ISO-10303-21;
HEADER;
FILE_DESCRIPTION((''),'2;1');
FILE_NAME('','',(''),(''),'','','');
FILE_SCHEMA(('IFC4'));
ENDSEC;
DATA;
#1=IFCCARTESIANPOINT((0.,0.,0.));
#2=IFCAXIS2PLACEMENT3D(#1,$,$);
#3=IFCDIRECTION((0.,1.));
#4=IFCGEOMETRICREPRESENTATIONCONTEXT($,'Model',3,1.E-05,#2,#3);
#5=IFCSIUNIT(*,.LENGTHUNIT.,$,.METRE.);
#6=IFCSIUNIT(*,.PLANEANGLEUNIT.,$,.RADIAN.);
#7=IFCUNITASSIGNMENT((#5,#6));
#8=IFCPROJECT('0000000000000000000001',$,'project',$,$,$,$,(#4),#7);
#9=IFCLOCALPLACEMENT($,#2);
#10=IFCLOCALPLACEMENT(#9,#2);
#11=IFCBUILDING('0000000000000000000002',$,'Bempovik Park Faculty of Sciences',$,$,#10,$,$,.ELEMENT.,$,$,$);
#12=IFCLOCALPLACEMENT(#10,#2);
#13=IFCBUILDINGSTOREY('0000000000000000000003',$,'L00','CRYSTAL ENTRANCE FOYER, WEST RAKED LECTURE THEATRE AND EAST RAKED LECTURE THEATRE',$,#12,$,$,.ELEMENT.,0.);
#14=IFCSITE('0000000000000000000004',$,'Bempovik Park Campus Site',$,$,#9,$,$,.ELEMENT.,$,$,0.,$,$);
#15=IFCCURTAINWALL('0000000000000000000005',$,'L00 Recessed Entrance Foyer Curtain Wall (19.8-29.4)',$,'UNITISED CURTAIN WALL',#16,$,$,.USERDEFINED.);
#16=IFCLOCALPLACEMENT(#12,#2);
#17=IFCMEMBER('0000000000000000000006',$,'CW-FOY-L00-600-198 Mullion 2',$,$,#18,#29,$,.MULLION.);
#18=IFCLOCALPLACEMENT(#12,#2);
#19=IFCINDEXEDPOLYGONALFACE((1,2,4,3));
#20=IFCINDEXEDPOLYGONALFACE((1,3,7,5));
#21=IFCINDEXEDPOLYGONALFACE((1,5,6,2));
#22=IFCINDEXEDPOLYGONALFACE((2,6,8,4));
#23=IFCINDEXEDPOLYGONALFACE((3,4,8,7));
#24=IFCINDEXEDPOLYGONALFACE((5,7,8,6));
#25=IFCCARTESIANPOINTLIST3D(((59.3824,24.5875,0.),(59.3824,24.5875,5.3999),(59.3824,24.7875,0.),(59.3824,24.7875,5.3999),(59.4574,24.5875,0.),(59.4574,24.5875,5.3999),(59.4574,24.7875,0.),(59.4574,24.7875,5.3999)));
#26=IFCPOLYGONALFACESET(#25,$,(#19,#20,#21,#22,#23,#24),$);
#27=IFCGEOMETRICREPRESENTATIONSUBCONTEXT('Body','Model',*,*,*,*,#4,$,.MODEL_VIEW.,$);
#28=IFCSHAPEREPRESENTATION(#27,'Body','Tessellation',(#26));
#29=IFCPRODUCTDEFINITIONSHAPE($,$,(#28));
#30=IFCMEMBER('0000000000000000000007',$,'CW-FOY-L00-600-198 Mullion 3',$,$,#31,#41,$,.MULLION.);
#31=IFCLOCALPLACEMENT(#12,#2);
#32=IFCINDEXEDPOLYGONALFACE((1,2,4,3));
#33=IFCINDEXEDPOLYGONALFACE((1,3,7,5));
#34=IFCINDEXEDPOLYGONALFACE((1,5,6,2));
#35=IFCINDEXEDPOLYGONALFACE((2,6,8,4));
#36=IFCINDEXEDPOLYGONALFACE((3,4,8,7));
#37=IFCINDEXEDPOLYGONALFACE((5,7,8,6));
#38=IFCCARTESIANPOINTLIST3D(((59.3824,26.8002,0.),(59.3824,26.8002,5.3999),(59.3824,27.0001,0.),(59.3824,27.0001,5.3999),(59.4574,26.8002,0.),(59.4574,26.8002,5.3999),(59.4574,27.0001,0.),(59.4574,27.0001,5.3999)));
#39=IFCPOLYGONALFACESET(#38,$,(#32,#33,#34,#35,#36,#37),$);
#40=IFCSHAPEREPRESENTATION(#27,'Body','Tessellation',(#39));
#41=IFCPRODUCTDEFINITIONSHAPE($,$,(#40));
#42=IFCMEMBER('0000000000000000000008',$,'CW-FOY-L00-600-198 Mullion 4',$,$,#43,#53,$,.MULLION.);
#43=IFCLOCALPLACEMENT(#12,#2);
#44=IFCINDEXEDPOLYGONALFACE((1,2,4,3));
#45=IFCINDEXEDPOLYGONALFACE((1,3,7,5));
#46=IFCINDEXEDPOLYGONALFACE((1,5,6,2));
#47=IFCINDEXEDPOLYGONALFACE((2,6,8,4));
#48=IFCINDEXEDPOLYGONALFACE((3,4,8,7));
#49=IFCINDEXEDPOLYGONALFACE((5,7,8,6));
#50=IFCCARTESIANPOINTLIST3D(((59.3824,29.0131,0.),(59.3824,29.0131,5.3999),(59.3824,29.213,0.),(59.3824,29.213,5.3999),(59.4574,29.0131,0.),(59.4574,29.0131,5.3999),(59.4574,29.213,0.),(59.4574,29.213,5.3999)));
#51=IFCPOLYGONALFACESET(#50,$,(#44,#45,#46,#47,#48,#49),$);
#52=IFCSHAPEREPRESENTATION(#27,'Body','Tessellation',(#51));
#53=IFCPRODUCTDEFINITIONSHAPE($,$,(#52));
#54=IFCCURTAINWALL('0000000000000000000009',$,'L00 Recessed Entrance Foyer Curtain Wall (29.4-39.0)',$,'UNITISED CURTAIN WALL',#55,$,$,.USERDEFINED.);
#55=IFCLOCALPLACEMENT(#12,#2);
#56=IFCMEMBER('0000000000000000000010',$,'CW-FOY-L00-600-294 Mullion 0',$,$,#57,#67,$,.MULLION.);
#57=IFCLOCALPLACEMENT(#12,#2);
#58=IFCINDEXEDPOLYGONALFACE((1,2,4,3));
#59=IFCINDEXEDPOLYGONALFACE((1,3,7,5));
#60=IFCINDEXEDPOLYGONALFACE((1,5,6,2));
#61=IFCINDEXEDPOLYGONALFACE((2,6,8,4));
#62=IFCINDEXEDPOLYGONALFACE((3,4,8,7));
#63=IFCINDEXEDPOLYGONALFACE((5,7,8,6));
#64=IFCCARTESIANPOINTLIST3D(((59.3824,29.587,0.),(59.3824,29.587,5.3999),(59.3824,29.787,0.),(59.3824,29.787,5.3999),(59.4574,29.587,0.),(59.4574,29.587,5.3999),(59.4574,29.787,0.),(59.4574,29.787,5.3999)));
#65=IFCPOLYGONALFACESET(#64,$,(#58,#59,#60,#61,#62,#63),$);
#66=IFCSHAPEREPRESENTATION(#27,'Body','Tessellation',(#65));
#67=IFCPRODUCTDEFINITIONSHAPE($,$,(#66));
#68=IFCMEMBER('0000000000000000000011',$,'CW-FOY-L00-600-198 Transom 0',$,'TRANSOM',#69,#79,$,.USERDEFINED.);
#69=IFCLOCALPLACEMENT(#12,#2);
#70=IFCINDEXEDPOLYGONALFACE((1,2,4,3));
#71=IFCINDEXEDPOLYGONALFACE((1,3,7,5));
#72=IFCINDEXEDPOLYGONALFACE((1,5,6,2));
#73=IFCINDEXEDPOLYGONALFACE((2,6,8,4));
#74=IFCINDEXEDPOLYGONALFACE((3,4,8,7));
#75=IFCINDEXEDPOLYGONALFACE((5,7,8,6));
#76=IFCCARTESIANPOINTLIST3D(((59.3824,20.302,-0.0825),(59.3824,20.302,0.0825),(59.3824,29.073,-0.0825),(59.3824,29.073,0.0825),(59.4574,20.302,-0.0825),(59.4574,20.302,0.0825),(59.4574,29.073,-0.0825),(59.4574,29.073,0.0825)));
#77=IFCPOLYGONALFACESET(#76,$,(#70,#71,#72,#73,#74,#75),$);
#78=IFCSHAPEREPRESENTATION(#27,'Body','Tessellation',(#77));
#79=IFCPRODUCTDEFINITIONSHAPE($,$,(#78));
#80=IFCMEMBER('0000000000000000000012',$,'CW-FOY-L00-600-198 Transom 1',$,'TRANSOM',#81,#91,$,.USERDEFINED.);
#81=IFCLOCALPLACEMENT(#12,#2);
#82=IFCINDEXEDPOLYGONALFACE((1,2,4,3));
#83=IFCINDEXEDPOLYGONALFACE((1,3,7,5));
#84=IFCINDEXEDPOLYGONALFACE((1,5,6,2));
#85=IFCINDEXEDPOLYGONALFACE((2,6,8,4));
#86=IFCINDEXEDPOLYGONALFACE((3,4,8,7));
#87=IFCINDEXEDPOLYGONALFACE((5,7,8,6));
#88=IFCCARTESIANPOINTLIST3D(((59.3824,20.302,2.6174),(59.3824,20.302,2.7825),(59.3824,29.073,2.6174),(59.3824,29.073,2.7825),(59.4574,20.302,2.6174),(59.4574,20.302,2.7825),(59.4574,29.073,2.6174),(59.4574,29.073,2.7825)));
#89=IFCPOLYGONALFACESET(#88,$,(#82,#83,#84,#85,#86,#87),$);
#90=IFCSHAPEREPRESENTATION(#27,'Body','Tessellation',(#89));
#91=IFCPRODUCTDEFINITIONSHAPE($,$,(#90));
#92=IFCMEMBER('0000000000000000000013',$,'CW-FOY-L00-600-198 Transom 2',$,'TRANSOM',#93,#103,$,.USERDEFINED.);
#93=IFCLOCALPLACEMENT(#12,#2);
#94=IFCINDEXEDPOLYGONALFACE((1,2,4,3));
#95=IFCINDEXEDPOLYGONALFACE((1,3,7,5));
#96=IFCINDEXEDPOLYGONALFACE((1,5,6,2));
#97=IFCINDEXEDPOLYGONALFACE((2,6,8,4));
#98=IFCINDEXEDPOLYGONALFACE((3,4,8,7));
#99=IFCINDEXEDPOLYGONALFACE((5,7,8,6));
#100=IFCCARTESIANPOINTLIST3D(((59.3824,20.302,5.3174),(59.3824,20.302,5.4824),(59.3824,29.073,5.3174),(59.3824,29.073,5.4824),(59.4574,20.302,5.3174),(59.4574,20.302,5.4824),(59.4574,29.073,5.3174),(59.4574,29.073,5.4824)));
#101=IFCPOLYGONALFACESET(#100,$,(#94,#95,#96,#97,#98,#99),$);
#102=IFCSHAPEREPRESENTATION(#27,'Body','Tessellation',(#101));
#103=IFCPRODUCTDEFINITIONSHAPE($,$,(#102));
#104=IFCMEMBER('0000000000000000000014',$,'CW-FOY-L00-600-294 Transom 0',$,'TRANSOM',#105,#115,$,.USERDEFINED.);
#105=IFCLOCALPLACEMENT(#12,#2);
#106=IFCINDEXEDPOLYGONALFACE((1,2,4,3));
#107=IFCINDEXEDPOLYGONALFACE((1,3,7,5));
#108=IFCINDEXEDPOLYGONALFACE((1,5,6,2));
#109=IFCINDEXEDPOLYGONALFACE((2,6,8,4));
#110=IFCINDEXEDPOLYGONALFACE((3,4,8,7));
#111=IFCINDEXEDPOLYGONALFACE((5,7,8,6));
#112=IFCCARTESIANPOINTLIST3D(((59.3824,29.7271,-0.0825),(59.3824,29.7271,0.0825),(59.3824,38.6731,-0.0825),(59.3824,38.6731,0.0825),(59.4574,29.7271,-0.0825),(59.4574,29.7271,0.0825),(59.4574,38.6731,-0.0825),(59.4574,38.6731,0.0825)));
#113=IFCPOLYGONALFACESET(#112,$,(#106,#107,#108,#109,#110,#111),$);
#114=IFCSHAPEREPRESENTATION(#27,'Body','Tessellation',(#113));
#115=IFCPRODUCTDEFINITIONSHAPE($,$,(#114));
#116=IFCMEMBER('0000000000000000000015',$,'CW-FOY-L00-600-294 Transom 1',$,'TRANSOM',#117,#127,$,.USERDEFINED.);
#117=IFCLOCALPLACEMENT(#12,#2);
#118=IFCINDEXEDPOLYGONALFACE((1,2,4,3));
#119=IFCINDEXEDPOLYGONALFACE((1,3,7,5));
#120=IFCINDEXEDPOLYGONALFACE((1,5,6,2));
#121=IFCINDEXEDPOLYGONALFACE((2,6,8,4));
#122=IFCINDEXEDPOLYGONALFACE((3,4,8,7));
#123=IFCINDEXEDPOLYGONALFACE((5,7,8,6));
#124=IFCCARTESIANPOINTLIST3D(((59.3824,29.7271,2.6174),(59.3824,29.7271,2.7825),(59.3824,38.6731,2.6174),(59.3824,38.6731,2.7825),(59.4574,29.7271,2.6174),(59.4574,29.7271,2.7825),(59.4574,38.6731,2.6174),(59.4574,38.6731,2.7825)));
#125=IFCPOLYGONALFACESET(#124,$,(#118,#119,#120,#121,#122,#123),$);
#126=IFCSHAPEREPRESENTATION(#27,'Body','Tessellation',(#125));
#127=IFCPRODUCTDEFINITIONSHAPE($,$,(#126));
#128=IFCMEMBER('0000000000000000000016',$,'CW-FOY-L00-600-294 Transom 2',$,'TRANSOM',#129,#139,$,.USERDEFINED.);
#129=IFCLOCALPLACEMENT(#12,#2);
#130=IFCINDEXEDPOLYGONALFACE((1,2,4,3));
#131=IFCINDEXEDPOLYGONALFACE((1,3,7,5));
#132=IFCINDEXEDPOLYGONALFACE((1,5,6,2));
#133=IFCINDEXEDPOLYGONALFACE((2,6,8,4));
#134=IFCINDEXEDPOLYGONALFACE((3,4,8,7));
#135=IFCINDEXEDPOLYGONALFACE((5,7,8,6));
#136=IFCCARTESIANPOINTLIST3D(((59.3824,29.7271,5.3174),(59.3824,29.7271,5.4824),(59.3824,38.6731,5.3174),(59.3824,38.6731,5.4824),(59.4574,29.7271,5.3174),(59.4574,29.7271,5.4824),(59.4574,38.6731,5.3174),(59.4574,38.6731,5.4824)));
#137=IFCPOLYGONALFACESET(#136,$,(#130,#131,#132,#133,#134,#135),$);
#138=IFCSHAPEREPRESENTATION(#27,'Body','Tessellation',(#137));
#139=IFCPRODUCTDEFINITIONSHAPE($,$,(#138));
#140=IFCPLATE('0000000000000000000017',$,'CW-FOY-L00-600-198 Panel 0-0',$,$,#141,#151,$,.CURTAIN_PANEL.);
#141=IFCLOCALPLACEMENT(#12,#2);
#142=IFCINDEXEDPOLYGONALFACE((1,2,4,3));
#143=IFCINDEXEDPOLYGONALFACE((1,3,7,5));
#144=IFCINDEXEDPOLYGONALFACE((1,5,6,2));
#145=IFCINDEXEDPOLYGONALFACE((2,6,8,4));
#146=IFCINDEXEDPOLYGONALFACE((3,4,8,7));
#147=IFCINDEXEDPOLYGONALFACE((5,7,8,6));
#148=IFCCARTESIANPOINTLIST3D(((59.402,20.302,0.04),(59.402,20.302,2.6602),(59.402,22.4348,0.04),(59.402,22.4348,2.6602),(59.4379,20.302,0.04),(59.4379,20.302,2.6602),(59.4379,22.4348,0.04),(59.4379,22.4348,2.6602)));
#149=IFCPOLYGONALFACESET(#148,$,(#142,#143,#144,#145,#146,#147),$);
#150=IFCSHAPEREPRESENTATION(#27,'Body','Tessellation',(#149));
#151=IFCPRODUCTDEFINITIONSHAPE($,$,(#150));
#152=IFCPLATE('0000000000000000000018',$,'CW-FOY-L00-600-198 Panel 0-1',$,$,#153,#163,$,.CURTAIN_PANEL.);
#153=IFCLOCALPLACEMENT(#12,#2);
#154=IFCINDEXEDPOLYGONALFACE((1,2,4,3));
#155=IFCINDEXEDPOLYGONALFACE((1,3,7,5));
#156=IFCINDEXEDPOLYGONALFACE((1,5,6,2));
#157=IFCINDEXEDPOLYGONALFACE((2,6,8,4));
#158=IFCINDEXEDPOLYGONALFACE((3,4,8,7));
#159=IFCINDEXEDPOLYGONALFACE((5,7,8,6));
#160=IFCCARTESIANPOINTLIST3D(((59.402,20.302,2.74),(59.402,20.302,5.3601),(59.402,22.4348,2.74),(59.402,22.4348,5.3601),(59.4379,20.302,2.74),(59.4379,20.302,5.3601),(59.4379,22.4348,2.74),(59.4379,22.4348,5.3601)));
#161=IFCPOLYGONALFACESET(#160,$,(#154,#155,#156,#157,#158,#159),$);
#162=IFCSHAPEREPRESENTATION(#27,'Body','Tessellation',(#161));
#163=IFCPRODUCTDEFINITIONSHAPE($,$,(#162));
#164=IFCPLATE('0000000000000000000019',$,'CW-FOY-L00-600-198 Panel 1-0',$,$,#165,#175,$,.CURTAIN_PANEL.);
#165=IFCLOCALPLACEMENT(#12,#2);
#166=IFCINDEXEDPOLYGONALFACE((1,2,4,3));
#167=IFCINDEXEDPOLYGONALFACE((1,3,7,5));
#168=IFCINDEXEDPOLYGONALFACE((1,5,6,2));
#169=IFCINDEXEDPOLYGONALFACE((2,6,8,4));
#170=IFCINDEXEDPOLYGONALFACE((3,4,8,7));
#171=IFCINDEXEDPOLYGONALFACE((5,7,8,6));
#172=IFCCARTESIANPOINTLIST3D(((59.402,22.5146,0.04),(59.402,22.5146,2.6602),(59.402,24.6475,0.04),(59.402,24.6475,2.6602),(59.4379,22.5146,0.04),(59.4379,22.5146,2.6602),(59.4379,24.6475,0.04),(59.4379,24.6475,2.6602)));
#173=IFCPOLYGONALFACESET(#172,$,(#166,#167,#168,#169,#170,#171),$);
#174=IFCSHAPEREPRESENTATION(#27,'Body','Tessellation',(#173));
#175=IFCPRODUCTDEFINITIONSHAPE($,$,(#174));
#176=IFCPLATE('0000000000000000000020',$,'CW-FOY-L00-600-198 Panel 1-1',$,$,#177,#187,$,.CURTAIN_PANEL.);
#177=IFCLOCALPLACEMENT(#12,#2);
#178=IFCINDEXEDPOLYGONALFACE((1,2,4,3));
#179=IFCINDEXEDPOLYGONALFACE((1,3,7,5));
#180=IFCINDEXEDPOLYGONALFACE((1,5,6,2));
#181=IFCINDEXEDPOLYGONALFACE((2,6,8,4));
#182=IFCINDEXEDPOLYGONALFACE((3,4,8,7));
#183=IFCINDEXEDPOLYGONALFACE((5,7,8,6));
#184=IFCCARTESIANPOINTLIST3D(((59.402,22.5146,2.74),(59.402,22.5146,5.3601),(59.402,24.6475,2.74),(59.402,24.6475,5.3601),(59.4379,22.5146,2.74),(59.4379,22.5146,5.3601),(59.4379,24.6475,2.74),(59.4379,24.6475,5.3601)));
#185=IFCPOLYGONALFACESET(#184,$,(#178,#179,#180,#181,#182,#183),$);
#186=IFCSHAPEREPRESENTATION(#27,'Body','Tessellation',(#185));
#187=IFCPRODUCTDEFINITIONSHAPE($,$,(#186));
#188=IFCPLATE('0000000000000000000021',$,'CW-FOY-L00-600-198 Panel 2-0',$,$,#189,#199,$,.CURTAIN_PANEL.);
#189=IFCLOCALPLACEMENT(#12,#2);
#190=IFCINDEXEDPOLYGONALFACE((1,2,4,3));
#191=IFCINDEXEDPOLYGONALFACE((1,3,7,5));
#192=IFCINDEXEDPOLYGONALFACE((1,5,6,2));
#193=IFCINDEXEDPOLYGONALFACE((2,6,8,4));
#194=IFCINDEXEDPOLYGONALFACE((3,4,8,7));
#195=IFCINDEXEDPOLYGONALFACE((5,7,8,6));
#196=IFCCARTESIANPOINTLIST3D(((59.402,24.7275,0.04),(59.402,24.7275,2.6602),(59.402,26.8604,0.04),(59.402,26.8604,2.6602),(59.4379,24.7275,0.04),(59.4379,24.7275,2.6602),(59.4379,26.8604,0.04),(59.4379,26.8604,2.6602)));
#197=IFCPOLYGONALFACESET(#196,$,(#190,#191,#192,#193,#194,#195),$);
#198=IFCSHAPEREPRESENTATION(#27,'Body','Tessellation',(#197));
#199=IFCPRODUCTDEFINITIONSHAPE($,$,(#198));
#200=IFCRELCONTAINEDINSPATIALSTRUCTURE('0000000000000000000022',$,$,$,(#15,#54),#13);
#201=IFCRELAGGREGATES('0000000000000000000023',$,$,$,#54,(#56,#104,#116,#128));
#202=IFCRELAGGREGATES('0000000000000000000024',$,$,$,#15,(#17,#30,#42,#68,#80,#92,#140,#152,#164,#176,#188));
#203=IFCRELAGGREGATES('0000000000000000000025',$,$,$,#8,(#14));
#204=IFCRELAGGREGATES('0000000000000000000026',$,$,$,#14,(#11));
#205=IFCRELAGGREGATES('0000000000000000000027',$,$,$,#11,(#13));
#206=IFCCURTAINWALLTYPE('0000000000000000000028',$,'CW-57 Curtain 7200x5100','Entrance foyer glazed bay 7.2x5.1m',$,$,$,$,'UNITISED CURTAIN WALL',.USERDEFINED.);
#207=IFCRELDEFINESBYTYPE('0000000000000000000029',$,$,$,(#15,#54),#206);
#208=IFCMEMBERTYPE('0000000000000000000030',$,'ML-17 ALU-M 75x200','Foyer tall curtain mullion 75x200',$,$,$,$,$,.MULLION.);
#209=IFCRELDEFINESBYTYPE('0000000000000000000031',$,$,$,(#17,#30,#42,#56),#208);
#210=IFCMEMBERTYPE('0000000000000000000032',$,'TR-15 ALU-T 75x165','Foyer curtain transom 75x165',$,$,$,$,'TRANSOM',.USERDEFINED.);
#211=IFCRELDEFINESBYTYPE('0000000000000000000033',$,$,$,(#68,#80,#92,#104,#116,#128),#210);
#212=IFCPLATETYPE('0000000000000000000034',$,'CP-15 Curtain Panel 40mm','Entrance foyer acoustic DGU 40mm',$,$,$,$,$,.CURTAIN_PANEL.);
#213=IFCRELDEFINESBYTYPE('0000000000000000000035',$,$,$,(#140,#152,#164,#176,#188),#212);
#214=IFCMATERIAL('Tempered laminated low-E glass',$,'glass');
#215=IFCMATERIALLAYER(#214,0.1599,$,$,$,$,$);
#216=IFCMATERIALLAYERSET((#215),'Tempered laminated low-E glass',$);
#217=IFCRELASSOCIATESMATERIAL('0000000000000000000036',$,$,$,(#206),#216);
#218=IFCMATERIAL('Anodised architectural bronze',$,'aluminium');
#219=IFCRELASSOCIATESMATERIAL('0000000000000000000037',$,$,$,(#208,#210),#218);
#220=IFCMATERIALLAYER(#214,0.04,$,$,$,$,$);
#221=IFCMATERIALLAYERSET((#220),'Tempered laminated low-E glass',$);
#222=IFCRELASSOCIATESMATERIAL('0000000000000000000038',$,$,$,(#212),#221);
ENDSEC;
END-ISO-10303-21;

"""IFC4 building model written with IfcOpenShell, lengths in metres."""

from ifc_helpers import new_model, si_unit, direction, frame, origin, origin_2d, place, context, subcontext, project, spatial, rectangle, extrude, material, layer, layer_set, material_profile, profile_set, type_object, element, aggregate, save


model = new_model("IFC4")

# Units and contexts
model_context = context("Model", 3, precision=1e-05, world=origin(), true_north=direction((0.0, 1.0)))
body_context = subcontext(model_context, "Body", "Model", "MODEL_VIEW")
ifc_project = project(units=[si_unit("LENGTHUNIT", "METRE"), si_unit("PLANEANGLEUNIT", "RADIAN")], contexts=[model_context])

# Site, building, storey
site_placement = place(None, origin())
site = spatial("IfcSite", under=ifc_project, at=site_placement, Name="Bempovik Park Campus Site", CompositionType="ELEMENT", RefElevation=0.0)
building_placement = place(site_placement, origin())
building = spatial("IfcBuilding", under=site, at=building_placement, Name="Bempovik Park Faculty of Sciences", CompositionType="ELEMENT")
storey_placement = place(building_placement, origin())
storey = spatial("IfcBuildingStorey", under=building, at=storey_placement, Name="L00", Description="CRYSTAL ENTRANCE FOYER, WEST RAKED LECTURE THEATRE AND EAST RAKED LECTURE THEATRE", CompositionType="ELEMENT", Elevation=0.0)

# Curtain wall, members
ifc_material_1 = material(Name="Tempered laminated low-E glass", Category="glass")
ifc_layer_1 = layer(ifc_material_1, 0.1599)
ifc_layer_set_1 = layer_set([ifc_layer_1], Name="Tempered laminated low-E glass")
curtain_wall_type = type_object("IfcCurtainWallType", Name="CW-57 Curtain 7200x5100", Description="Entrance foyer glazed bay 7.2x5.1m", ElementType="UNITISED CURTAIN WALL", PredefinedType="USERDEFINED", material=ifc_layer_set_1)
curtain_wall_1_placement = place(storey_placement, origin())
curtain_wall_1 = element("IfcCurtainWall", 1, at=curtain_wall_1_placement, inside=storey, type_object=curtain_wall_type, Name="L00 Recessed Entrance Foyer Curtain Wall (19.8-29.4)", ObjectType="UNITISED CURTAIN WALL", PredefinedType="USERDEFINED")
ifc_material_2 = material(Name="Anodised architectural bronze", Category="aluminium")
ifc_material_profile_1 = material_profile(ifc_material_2, rectangle(XDim=0.075, YDim=0.2, at=origin_2d()), Name="ALU-M 75x200")
ifc_profile_set_1 = profile_set([ifc_material_profile_1], Name="Anodised architectural bronze")
member_type_1 = type_object("IfcMemberType", Name="ML-17 ALU-M 75x200", Description="Foyer tall curtain mullion 75x200", PredefinedType="MULLION", material=ifc_profile_set_1)
member_1_placement = place(storey_placement, frame((59.4199, 24.6875, 0.0), z_axis=(0.0, 0.0, 1.0), x_axis=(1.0, 0.0, 0.0)))
member_1 = element("IfcMember", 2, at=member_1_placement, type_object=member_type_1, Name="CW-FOY-L00-600-198 Mullion 2", PredefinedType="MULLION", context=body_context, shape_type="SweptSolid", body=[
    extrude(rectangle(XDim=0.075, YDim=0.2, at=origin_2d()), origin(), (0.0, 0.0, 1.0), 5.3999),
])
member_2_placement = place(storey_placement, frame((59.4199, 26.9001, 0.0), z_axis=(0.0, 0.0, 1.0), x_axis=(1.0, 0.0, 0.0)))
member_2 = element("IfcMember", 3, at=member_2_placement, type_object=member_type_1, Name="CW-FOY-L00-600-198 Mullion 3", PredefinedType="MULLION", context=body_context, shape_type="SweptSolid", body=[
    extrude(rectangle(XDim=0.075, YDim=0.2, at=origin_2d()), origin(), (0.0, 0.0, 1.0), 5.3999),
])
member_3_placement = place(storey_placement, frame((59.4199, 29.113, 0.0), z_axis=(0.0, 0.0, 1.0), x_axis=(1.0, 0.0, 0.0)))
member_3 = element("IfcMember", 4, at=member_3_placement, type_object=member_type_1, Name="CW-FOY-L00-600-198 Mullion 4", PredefinedType="MULLION", context=body_context, shape_type="SweptSolid", body=[
    extrude(rectangle(XDim=0.075, YDim=0.2, at=origin_2d()), origin(), (0.0, 0.0, 1.0), 5.3999),
])

# Curtain wall, member
curtain_wall_2_placement = place(storey_placement, origin())
curtain_wall_2 = element("IfcCurtainWall", 5, at=curtain_wall_2_placement, inside=storey, type_object=curtain_wall_type, Name="L00 Recessed Entrance Foyer Curtain Wall (29.4-39.0)", ObjectType="UNITISED CURTAIN WALL", PredefinedType="USERDEFINED")
member_4_placement = place(storey_placement, frame((59.4199, 29.687, 0.0), z_axis=(0.0, 0.0, 1.0), x_axis=(1.0, 0.0, 0.0)))
member_4 = element("IfcMember", 6, at=member_4_placement, type_object=member_type_1, Name="CW-FOY-L00-600-294 Mullion 0", PredefinedType="MULLION", context=body_context, shape_type="SweptSolid", body=[
    extrude(rectangle(XDim=0.075, YDim=0.2, at=origin_2d()), origin(), (0.0, 0.0, 1.0), 5.3999),
])

# Members
ifc_material_profile_2 = material_profile(ifc_material_2, rectangle(XDim=0.075, YDim=0.165, at=origin_2d()), Name="ALU-T 75x165")
ifc_profile_set_2 = profile_set([ifc_material_profile_2], Name="Anodised architectural bronze")
member_type_2 = type_object("IfcMemberType", Name="TR-15 ALU-T 75x165", Description="Foyer curtain transom 75x165", ElementType="TRANSOM", PredefinedType="USERDEFINED", material=ifc_profile_set_2)
member_5_placement = place(storey_placement, frame((59.4199, 20.302, 0.0), z_axis=(0.0, 1.0, 0.0), x_axis=(-1.0, 0.0, 0.0)))
member_5 = element("IfcMember", 7, at=member_5_placement, type_object=member_type_2, Name="CW-FOY-L00-600-198 Transom 0", ObjectType="TRANSOM", PredefinedType="USERDEFINED", context=body_context, shape_type="SweptSolid", body=[
    extrude(rectangle(XDim=0.075, YDim=0.165, at=origin_2d()), origin(), (0.0, 0.0, 1.0), 8.771),
])
member_6_placement = place(storey_placement, frame((59.4199, 20.302, 2.7), z_axis=(0.0, 1.0, 0.0), x_axis=(-1.0, 0.0, 0.0)))
member_6 = element("IfcMember", 8, at=member_6_placement, type_object=member_type_2, Name="CW-FOY-L00-600-198 Transom 1", ObjectType="TRANSOM", PredefinedType="USERDEFINED", context=body_context, shape_type="SweptSolid", body=[
    extrude(rectangle(XDim=0.075, YDim=0.165, at=origin_2d()), origin(), (0.0, 0.0, 1.0), 8.771),
])
member_7_placement = place(storey_placement, frame((59.4199, 20.302, 5.3999), z_axis=(0.0, 1.0, 0.0), x_axis=(-1.0, 0.0, 0.0)))
member_7 = element("IfcMember", 9, at=member_7_placement, type_object=member_type_2, Name="CW-FOY-L00-600-198 Transom 2", ObjectType="TRANSOM", PredefinedType="USERDEFINED", context=body_context, shape_type="SweptSolid", body=[
    extrude(rectangle(XDim=0.075, YDim=0.165, at=origin_2d()), origin(), (0.0, 0.0, 1.0), 8.771),
])
member_8_placement = place(storey_placement, frame((59.4199, 29.7271, 0.0), z_axis=(0.0, 1.0, 0.0), x_axis=(-1.0, 0.0, 0.0)))
member_8 = element("IfcMember", 10, at=member_8_placement, type_object=member_type_2, Name="CW-FOY-L00-600-294 Transom 0", ObjectType="TRANSOM", PredefinedType="USERDEFINED", context=body_context, shape_type="SweptSolid", body=[
    extrude(rectangle(XDim=0.075, YDim=0.165, at=origin_2d()), origin(), (0.0, 0.0, 1.0), 8.946),
])
member_9_placement = place(storey_placement, frame((59.4199, 29.7271, 2.7), z_axis=(0.0, 1.0, 0.0), x_axis=(-1.0, 0.0, 0.0)))
member_9 = element("IfcMember", 11, at=member_9_placement, type_object=member_type_2, Name="CW-FOY-L00-600-294 Transom 1", ObjectType="TRANSOM", PredefinedType="USERDEFINED", context=body_context, shape_type="SweptSolid", body=[
    extrude(rectangle(XDim=0.075, YDim=0.165, at=origin_2d()), origin(), (0.0, 0.0, 1.0), 8.946),
])
member_10_placement = place(storey_placement, frame((59.4199, 29.7271, 5.3999), z_axis=(0.0, 1.0, 0.0), x_axis=(-1.0, 0.0, 0.0)))
member_10 = element("IfcMember", 12, at=member_10_placement, type_object=member_type_2, Name="CW-FOY-L00-600-294 Transom 2", ObjectType="TRANSOM", PredefinedType="USERDEFINED", context=body_context, shape_type="SweptSolid", body=[
    extrude(rectangle(XDim=0.075, YDim=0.165, at=origin_2d()), origin(), (0.0, 0.0, 1.0), 8.946),
])
aggregate(curtain_wall_2, [member_4, member_8, member_9, member_10])

# Plates
ifc_layer_2 = layer(ifc_material_1, 0.04)
ifc_layer_set_2 = layer_set([ifc_layer_2], Name="Tempered laminated low-E glass")
plate_type = type_object("IfcPlateType", Name="CP-15 Curtain Panel 40mm", Description="Entrance foyer acoustic DGU 40mm", PredefinedType="CURTAIN_PANEL", material=ifc_layer_set_2)
plate_1_placement = place(storey_placement, frame((59.4199, 21.3684, 0.04), z_axis=(0.0, 0.0, 1.0), x_axis=(0.0, 1.0, 0.0)))
plate_1 = element("IfcPlate", 13, at=plate_1_placement, type_object=plate_type, Name="CW-FOY-L00-600-198 Panel 0-0", PredefinedType="CURTAIN_PANEL", context=body_context, shape_type="SweptSolid", body=[
    extrude(rectangle(XDim=2.1328, YDim=0.0359, at=origin_2d()), origin(), (0.0, 0.0, 1.0), 2.6201),
])
plate_2_placement = place(storey_placement, frame((59.4199, 21.3684, 2.74), z_axis=(0.0, 0.0, 1.0), x_axis=(0.0, 1.0, 0.0)))
plate_2 = element("IfcPlate", 14, at=plate_2_placement, type_object=plate_type, Name="CW-FOY-L00-600-198 Panel 0-1", PredefinedType="CURTAIN_PANEL", context=body_context, shape_type="SweptSolid", body=[
    extrude(rectangle(XDim=2.1328, YDim=0.0359, at=origin_2d()), origin(), (0.0, 0.0, 1.0), 2.6201),
])
plate_3_placement = place(storey_placement, frame((59.4199, 23.5811, 0.04), z_axis=(0.0, 0.0, 1.0), x_axis=(0.0, 1.0, 0.0)))
plate_3 = element("IfcPlate", 15, at=plate_3_placement, type_object=plate_type, Name="CW-FOY-L00-600-198 Panel 1-0", PredefinedType="CURTAIN_PANEL", context=body_context, shape_type="SweptSolid", body=[
    extrude(rectangle(XDim=2.1328, YDim=0.0359, at=origin_2d()), origin(), (0.0, 0.0, 1.0), 2.6201),
])
plate_4_placement = place(storey_placement, frame((59.4199, 23.5811, 2.74), z_axis=(0.0, 0.0, 1.0), x_axis=(0.0, 1.0, 0.0)))
plate_4 = element("IfcPlate", 16, at=plate_4_placement, type_object=plate_type, Name="CW-FOY-L00-600-198 Panel 1-1", PredefinedType="CURTAIN_PANEL", context=body_context, shape_type="SweptSolid", body=[
    extrude(rectangle(XDim=2.1328, YDim=0.0359, at=origin_2d()), origin(), (0.0, 0.0, 1.0), 2.6201),
])
plate_5_placement = place(storey_placement, frame((59.4199, 25.7939, 0.04), z_axis=(0.0, 0.0, 1.0), x_axis=(0.0, 1.0, 0.0)))
plate_5 = element("IfcPlate", 17, at=plate_5_placement, type_object=plate_type, Name="CW-FOY-L00-600-198 Panel 2-0", PredefinedType="CURTAIN_PANEL", context=body_context, shape_type="SweptSolid", body=[
    extrude(rectangle(XDim=2.1328, YDim=0.0359, at=origin_2d()), origin(), (0.0, 0.0, 1.0), 2.6201),
])
aggregate(curtain_wall_1, [member_1, member_2, member_3, member_5, member_6, member_7, plate_1, plate_2, plate_3, plate_4, plate_5])

save(model, "model.ifc")
